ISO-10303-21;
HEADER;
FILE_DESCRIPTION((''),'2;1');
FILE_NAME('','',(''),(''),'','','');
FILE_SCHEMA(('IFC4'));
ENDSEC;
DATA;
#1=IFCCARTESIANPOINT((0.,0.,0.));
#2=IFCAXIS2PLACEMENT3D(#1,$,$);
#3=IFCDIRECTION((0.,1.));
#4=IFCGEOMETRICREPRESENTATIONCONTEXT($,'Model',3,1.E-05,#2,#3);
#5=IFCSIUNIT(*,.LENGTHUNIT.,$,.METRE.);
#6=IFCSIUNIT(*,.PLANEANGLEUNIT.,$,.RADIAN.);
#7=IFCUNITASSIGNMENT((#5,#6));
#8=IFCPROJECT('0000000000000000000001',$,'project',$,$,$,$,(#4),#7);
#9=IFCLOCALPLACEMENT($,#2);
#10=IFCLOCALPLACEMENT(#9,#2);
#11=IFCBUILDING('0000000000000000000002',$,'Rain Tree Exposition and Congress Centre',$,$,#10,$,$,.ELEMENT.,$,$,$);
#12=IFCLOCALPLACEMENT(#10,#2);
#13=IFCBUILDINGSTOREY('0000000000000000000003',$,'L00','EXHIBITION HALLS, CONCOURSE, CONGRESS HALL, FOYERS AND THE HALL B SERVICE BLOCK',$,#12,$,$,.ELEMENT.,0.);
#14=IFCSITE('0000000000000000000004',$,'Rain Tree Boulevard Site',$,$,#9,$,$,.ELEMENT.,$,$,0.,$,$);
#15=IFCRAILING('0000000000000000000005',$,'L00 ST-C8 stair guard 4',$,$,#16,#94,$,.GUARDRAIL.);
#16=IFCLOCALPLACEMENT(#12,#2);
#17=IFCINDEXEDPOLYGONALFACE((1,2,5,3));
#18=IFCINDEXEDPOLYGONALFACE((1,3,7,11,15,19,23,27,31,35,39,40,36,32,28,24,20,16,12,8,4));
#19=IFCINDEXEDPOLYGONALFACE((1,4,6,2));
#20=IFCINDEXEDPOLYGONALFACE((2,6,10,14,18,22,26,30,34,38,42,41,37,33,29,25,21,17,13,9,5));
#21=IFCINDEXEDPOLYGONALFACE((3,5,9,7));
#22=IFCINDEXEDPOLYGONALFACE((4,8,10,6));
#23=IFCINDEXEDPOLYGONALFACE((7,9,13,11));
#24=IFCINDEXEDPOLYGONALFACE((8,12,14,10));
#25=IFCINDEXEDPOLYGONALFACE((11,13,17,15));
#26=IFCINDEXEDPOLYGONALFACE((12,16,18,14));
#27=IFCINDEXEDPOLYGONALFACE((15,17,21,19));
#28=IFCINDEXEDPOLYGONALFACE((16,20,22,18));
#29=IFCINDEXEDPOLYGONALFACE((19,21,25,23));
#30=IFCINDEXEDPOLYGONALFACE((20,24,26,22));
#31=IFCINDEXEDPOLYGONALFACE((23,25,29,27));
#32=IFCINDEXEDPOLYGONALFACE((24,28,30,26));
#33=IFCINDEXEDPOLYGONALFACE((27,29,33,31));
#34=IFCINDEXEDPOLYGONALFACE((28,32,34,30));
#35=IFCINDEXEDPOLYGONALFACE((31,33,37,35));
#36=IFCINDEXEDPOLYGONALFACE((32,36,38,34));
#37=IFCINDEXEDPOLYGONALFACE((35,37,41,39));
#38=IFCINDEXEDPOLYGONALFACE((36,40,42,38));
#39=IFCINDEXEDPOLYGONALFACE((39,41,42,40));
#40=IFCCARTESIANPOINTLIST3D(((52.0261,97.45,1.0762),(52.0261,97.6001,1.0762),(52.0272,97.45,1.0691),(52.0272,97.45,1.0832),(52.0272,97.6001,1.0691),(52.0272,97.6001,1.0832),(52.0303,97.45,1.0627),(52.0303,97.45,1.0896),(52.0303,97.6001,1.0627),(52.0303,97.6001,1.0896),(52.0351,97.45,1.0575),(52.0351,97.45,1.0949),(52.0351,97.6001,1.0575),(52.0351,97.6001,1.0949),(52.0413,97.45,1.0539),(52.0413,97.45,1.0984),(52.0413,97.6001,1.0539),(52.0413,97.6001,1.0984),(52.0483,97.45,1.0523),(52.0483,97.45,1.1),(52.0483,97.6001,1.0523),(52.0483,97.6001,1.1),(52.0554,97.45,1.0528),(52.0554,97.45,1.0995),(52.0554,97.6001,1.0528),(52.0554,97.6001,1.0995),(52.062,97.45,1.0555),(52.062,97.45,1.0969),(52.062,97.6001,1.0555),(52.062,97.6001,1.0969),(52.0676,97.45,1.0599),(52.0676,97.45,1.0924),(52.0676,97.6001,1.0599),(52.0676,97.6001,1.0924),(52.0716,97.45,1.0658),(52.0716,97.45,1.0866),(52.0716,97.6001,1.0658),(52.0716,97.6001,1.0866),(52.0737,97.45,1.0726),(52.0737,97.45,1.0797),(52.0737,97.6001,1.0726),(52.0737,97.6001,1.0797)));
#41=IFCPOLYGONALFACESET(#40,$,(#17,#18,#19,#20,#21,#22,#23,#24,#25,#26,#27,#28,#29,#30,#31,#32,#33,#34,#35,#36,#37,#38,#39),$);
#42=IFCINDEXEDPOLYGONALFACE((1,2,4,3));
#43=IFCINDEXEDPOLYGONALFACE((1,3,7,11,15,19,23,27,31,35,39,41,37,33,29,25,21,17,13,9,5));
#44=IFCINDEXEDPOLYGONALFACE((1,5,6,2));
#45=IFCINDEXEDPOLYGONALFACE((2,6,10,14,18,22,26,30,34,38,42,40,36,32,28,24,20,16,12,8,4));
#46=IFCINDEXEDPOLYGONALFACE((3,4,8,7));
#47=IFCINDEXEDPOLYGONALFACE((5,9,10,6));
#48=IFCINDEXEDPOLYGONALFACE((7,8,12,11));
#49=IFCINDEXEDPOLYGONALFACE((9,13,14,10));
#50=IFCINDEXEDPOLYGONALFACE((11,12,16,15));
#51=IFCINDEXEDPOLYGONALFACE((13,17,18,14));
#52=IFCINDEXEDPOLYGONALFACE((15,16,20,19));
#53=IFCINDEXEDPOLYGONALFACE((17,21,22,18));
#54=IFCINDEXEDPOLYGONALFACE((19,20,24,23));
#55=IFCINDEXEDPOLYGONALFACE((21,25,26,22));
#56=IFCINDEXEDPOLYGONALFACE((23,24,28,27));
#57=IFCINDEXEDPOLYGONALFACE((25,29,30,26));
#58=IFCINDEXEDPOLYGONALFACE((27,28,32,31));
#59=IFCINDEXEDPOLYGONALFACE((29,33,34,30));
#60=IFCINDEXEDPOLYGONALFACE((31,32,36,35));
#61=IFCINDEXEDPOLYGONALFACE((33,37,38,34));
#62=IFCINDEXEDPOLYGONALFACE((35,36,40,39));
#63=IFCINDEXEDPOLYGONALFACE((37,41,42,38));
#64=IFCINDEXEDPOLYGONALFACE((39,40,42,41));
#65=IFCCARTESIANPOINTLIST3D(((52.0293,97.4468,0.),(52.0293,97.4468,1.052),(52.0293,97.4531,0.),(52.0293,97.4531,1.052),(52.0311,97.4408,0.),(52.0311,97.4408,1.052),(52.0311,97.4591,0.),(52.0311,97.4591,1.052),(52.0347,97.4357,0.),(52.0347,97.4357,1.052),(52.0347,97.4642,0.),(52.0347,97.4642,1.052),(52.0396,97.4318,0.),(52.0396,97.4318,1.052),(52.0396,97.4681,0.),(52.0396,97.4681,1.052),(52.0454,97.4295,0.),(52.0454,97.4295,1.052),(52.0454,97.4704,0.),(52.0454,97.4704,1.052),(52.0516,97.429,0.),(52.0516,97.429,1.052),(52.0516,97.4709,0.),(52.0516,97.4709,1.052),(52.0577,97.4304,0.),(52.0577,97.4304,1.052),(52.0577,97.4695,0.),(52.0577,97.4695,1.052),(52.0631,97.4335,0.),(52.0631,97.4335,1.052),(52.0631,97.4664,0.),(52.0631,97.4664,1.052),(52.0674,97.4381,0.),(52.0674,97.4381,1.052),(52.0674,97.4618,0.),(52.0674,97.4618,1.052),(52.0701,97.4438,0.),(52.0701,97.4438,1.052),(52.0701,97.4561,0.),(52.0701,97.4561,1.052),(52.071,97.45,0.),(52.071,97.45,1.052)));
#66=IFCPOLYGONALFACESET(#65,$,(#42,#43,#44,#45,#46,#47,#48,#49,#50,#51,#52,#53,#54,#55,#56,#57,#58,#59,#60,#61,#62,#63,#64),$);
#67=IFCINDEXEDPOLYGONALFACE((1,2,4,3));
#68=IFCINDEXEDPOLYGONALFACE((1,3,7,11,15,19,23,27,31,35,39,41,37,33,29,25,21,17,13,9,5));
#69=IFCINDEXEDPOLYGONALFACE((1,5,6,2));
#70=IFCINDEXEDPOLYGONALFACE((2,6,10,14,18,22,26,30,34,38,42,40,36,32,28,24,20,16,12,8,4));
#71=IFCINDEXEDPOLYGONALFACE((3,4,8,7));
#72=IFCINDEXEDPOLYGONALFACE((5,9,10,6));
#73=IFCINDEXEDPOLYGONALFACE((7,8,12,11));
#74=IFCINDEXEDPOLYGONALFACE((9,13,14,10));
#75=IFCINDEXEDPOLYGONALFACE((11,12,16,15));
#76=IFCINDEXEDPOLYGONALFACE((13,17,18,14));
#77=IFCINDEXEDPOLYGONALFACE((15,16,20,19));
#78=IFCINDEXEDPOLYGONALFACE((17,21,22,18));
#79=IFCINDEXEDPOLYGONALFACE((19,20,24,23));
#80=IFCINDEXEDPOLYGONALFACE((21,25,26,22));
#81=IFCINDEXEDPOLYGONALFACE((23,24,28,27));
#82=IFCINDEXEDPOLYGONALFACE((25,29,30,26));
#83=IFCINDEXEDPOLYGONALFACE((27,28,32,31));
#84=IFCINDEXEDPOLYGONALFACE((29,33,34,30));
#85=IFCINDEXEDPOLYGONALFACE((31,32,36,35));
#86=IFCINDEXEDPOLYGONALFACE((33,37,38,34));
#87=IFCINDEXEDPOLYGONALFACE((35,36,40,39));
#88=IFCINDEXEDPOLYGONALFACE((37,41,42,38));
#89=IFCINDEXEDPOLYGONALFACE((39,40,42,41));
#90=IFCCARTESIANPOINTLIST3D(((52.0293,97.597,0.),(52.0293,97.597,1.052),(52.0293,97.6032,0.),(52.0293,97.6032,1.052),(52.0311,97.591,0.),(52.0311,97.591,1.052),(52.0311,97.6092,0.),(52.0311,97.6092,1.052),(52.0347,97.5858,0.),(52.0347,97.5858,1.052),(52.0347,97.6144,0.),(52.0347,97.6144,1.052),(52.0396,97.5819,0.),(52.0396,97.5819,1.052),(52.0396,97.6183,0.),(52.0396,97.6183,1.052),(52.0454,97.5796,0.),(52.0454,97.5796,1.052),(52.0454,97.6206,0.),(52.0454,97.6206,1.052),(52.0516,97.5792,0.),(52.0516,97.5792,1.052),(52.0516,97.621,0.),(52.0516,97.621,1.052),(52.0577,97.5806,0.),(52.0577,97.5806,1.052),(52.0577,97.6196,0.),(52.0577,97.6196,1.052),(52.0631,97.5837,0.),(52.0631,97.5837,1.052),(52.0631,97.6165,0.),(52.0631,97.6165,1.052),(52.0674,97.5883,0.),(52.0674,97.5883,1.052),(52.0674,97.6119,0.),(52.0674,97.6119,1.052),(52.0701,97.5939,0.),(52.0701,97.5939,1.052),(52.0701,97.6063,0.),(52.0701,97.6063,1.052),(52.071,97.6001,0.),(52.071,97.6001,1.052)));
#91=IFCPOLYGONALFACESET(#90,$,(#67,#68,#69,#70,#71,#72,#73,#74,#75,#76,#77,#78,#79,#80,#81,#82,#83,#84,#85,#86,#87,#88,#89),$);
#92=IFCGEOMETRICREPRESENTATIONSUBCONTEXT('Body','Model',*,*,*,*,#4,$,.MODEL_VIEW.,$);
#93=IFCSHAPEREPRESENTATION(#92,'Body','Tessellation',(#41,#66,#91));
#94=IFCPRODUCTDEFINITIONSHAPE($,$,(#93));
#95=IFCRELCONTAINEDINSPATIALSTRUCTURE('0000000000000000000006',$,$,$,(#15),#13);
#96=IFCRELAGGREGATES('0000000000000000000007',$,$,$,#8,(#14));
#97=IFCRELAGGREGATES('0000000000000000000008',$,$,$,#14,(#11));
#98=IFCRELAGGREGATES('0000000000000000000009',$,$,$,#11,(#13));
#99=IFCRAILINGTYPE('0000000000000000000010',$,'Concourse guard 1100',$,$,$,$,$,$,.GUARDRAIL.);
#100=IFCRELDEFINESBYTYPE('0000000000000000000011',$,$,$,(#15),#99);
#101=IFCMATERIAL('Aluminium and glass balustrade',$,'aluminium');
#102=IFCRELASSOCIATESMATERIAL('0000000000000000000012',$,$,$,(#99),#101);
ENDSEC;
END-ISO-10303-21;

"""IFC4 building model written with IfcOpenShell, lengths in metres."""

from ifc_helpers import new_model, si_unit, direction, frame, origin, origin_2d, place, context, subcontext, project, spatial, circle, extrude, material, type_object, element, save


model = new_model("IFC4")

# Units and contexts
model_context = context("Model", 3, precision=1e-05, world=origin(), true_north=direction((0.0, 1.0)))
body_context = subcontext(model_context, "Body", "Model", "MODEL_VIEW")
ifc_project = project(units=[si_unit("LENGTHUNIT", "METRE"), si_unit("PLANEANGLEUNIT", "RADIAN")], contexts=[model_context])

# Site, building, storey
site_placement = place(None, origin())
site = spatial("IfcSite", under=ifc_project, at=site_placement, Name="Rain Tree Boulevard Site", CompositionType="ELEMENT", RefElevation=0.0)
building_placement = place(site_placement, origin())
building = spatial("IfcBuilding", under=site, at=building_placement, Name="Rain Tree Exposition and Congress Centre", CompositionType="ELEMENT")
storey_placement = place(building_placement, origin())
storey = spatial("IfcBuildingStorey", under=building, at=storey_placement, Name="L00", Description="EXHIBITION HALLS, CONCOURSE, CONGRESS HALL, FOYERS AND THE HALL B SERVICE BLOCK", CompositionType="ELEMENT", Elevation=0.0)

# Railing
ifc_material_1 = material(Name="Aluminium and glass balustrade", Category="aluminium")
railing_type_1 = type_object("IfcRailingType", Name="Concourse guard 1100", PredefinedType="GUARDRAIL", material=ifc_material_1)
railing_1_placement = place(storey_placement, frame((52.05, 97.45, 0.0)))
element("IfcRailing", 1, at=railing_1_placement, inside=storey, type_object=railing_type_1, Name="L00 ST-C8 stair guard 4", PredefinedType="GUARDRAIL", context=body_context, shape_type="SweptSolid", body=[
    extrude(circle(Radius=0.0239, at=origin_2d()), frame((0.0, 0.0, 1.0762), z_axis=(0.0, 1.0, 0.0), x_axis=(-1.0, 0.0, 0.0)), (0.0, 0.0, 1.0), 0.1501),
    extrude(circle(Radius=0.021, at=origin_2d()), origin(), (0.0, 0.0, 1.0), 1.052),
    extrude(circle(Radius=0.021, at=origin_2d()), frame((0.0, 0.1501, 0.0)), (0.0, 0.0, 1.0), 1.052),
])

save(model, "model.ifc")
